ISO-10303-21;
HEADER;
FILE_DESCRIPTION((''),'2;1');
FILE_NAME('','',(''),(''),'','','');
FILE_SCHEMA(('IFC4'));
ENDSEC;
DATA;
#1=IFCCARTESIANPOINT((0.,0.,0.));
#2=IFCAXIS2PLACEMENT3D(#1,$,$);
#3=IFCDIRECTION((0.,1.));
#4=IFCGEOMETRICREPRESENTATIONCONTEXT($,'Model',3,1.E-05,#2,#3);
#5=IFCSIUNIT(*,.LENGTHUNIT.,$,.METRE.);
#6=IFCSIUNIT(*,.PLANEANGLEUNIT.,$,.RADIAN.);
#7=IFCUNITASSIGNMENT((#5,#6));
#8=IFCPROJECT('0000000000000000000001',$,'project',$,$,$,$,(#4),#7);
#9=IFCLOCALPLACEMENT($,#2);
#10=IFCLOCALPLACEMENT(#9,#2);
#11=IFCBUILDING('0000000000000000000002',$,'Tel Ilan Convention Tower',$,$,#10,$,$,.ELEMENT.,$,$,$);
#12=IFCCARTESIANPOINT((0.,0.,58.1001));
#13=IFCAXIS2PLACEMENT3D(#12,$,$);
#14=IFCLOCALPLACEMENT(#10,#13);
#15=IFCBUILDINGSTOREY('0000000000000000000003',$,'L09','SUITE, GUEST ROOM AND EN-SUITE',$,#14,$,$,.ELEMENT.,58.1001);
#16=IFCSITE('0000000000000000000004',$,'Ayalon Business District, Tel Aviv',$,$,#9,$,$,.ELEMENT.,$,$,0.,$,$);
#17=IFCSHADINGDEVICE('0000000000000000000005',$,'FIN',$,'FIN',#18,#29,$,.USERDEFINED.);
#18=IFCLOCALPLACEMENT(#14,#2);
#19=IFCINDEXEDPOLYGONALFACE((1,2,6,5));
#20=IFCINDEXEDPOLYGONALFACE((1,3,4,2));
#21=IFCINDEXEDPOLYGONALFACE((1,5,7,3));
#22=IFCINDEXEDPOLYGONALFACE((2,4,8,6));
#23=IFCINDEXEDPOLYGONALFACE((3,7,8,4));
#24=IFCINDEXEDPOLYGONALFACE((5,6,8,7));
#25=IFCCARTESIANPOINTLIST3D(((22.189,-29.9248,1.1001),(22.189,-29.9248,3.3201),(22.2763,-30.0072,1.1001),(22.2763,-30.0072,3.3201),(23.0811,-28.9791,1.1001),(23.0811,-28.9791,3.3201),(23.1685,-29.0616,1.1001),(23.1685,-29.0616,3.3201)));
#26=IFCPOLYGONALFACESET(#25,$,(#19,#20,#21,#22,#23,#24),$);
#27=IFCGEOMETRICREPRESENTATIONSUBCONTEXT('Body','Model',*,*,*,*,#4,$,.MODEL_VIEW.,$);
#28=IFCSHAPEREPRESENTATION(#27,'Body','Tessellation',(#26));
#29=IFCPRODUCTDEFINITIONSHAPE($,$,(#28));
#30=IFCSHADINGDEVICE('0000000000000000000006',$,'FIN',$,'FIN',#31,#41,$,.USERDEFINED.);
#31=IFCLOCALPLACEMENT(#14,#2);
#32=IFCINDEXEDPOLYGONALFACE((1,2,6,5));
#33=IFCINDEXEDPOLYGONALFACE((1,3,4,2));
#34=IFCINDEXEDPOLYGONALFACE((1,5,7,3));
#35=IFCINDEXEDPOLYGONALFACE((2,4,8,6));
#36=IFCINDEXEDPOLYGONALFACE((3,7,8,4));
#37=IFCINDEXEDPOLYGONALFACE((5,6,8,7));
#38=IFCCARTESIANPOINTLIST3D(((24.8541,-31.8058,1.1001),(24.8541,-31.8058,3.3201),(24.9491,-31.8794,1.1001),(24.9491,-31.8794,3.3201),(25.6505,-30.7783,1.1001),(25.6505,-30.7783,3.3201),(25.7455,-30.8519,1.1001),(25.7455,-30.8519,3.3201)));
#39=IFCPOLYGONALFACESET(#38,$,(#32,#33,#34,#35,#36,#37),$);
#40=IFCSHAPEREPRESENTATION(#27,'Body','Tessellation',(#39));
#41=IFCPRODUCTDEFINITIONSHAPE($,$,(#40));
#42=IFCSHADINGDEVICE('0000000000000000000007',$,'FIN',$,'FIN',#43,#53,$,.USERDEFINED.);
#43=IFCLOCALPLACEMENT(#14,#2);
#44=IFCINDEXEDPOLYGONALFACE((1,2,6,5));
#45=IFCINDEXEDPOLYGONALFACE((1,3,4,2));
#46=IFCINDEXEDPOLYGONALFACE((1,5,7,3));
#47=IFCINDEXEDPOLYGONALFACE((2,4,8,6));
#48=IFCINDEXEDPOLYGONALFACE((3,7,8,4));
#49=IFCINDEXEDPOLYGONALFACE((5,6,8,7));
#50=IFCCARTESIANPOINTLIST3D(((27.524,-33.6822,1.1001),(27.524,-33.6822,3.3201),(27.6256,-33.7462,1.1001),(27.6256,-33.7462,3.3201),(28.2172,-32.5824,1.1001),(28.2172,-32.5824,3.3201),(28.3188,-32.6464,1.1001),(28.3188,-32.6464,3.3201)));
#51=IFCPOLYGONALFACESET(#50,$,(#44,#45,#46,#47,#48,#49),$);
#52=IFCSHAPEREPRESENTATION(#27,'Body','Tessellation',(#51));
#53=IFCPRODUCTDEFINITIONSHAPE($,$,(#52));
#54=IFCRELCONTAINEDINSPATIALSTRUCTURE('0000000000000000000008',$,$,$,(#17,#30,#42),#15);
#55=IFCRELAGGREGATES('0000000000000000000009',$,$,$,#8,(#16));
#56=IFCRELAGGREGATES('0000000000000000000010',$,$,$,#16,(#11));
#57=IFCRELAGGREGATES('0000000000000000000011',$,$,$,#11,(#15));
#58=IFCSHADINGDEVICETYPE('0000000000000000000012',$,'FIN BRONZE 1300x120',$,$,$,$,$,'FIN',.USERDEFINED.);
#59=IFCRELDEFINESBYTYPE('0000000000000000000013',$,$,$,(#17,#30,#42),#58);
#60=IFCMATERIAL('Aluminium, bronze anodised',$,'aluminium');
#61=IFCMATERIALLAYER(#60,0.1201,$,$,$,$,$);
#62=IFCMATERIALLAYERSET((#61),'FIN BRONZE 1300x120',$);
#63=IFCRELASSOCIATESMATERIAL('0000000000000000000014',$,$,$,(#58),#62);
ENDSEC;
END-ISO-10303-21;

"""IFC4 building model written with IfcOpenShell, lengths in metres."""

from ifc_helpers import new_model, si_unit, direction, frame, origin, origin_2d, place, context, subcontext, project, spatial, rectangle, extrude, material, layer, layer_set, type_object, element, save


model = new_model("IFC4")

# Units and contexts
model_context = context("Model", 3, precision=1e-05, world=origin(), true_north=direction((0.0, 1.0)))
body_context = subcontext(model_context, "Body", "Model", "MODEL_VIEW")
ifc_project = project(units=[si_unit("LENGTHUNIT", "METRE"), si_unit("PLANEANGLEUNIT", "RADIAN")], contexts=[model_context])

# Site, building, storey
site_placement = place(None, origin())
site = spatial("IfcSite", under=ifc_project, at=site_placement, Name="Ayalon Business District, Tel Aviv", CompositionType="ELEMENT", RefElevation=0.0)
building_placement = place(site_placement, origin())
building = spatial("IfcBuilding", under=site, at=building_placement, Name="Tel Ilan Convention Tower", CompositionType="ELEMENT")
storey_placement = place(building_placement, frame((0.0, 0.0, 58.1001)))
storey = spatial("IfcBuildingStorey", under=building, at=storey_placement, Name="L09", Description="SUITE, GUEST ROOM AND EN-SUITE", CompositionType="ELEMENT", Elevation=58.1001)

# Shading devices
ifc_material_1 = material(Name="Aluminium, bronze anodised", Category="aluminium")
ifc_layer_1 = layer(ifc_material_1, 0.1201)
ifc_layer_set_1 = layer_set([ifc_layer_1], Name="FIN BRONZE 1300x120")
shading_device_type = type_object("IfcShadingDeviceType", Name="FIN BRONZE 1300x120", ElementType="FIN", PredefinedType="USERDEFINED", material=ifc_layer_set_1)
for number, where, z_axis, x_axis, name in (
    (1, (22.6787, -29.4932, 1.1001), (0.0, 0.0, 1.0), (-0.686242, -0.727374, 0.0), "FIN"),
    (2, (25.2998, -31.3289, 1.1001), (0.0, 0.0, 1.0), (-0.612601, -0.790393, 0.0), "FIN"),
    (3, (27.9214, -33.1643, 1.1001), (0.0, 0.0, 1.0), (-0.533204, -0.845986, 0.0), "FIN"),
):
    element("IfcShadingDevice", number, at=place(storey_placement, frame(where, z_axis=z_axis, x_axis=x_axis)), inside=storey, type_object=shading_device_type, Name=name, ObjectType="FIN", PredefinedType="USERDEFINED", context=body_context, shape_type="SweptSolid", body=[
        extrude(rectangle(XDim=1.3, YDim=0.1201, at=origin_2d()), origin(), (0.0, 0.0, 1.0), 2.22),
    ])

save(model, "model.ifc")
